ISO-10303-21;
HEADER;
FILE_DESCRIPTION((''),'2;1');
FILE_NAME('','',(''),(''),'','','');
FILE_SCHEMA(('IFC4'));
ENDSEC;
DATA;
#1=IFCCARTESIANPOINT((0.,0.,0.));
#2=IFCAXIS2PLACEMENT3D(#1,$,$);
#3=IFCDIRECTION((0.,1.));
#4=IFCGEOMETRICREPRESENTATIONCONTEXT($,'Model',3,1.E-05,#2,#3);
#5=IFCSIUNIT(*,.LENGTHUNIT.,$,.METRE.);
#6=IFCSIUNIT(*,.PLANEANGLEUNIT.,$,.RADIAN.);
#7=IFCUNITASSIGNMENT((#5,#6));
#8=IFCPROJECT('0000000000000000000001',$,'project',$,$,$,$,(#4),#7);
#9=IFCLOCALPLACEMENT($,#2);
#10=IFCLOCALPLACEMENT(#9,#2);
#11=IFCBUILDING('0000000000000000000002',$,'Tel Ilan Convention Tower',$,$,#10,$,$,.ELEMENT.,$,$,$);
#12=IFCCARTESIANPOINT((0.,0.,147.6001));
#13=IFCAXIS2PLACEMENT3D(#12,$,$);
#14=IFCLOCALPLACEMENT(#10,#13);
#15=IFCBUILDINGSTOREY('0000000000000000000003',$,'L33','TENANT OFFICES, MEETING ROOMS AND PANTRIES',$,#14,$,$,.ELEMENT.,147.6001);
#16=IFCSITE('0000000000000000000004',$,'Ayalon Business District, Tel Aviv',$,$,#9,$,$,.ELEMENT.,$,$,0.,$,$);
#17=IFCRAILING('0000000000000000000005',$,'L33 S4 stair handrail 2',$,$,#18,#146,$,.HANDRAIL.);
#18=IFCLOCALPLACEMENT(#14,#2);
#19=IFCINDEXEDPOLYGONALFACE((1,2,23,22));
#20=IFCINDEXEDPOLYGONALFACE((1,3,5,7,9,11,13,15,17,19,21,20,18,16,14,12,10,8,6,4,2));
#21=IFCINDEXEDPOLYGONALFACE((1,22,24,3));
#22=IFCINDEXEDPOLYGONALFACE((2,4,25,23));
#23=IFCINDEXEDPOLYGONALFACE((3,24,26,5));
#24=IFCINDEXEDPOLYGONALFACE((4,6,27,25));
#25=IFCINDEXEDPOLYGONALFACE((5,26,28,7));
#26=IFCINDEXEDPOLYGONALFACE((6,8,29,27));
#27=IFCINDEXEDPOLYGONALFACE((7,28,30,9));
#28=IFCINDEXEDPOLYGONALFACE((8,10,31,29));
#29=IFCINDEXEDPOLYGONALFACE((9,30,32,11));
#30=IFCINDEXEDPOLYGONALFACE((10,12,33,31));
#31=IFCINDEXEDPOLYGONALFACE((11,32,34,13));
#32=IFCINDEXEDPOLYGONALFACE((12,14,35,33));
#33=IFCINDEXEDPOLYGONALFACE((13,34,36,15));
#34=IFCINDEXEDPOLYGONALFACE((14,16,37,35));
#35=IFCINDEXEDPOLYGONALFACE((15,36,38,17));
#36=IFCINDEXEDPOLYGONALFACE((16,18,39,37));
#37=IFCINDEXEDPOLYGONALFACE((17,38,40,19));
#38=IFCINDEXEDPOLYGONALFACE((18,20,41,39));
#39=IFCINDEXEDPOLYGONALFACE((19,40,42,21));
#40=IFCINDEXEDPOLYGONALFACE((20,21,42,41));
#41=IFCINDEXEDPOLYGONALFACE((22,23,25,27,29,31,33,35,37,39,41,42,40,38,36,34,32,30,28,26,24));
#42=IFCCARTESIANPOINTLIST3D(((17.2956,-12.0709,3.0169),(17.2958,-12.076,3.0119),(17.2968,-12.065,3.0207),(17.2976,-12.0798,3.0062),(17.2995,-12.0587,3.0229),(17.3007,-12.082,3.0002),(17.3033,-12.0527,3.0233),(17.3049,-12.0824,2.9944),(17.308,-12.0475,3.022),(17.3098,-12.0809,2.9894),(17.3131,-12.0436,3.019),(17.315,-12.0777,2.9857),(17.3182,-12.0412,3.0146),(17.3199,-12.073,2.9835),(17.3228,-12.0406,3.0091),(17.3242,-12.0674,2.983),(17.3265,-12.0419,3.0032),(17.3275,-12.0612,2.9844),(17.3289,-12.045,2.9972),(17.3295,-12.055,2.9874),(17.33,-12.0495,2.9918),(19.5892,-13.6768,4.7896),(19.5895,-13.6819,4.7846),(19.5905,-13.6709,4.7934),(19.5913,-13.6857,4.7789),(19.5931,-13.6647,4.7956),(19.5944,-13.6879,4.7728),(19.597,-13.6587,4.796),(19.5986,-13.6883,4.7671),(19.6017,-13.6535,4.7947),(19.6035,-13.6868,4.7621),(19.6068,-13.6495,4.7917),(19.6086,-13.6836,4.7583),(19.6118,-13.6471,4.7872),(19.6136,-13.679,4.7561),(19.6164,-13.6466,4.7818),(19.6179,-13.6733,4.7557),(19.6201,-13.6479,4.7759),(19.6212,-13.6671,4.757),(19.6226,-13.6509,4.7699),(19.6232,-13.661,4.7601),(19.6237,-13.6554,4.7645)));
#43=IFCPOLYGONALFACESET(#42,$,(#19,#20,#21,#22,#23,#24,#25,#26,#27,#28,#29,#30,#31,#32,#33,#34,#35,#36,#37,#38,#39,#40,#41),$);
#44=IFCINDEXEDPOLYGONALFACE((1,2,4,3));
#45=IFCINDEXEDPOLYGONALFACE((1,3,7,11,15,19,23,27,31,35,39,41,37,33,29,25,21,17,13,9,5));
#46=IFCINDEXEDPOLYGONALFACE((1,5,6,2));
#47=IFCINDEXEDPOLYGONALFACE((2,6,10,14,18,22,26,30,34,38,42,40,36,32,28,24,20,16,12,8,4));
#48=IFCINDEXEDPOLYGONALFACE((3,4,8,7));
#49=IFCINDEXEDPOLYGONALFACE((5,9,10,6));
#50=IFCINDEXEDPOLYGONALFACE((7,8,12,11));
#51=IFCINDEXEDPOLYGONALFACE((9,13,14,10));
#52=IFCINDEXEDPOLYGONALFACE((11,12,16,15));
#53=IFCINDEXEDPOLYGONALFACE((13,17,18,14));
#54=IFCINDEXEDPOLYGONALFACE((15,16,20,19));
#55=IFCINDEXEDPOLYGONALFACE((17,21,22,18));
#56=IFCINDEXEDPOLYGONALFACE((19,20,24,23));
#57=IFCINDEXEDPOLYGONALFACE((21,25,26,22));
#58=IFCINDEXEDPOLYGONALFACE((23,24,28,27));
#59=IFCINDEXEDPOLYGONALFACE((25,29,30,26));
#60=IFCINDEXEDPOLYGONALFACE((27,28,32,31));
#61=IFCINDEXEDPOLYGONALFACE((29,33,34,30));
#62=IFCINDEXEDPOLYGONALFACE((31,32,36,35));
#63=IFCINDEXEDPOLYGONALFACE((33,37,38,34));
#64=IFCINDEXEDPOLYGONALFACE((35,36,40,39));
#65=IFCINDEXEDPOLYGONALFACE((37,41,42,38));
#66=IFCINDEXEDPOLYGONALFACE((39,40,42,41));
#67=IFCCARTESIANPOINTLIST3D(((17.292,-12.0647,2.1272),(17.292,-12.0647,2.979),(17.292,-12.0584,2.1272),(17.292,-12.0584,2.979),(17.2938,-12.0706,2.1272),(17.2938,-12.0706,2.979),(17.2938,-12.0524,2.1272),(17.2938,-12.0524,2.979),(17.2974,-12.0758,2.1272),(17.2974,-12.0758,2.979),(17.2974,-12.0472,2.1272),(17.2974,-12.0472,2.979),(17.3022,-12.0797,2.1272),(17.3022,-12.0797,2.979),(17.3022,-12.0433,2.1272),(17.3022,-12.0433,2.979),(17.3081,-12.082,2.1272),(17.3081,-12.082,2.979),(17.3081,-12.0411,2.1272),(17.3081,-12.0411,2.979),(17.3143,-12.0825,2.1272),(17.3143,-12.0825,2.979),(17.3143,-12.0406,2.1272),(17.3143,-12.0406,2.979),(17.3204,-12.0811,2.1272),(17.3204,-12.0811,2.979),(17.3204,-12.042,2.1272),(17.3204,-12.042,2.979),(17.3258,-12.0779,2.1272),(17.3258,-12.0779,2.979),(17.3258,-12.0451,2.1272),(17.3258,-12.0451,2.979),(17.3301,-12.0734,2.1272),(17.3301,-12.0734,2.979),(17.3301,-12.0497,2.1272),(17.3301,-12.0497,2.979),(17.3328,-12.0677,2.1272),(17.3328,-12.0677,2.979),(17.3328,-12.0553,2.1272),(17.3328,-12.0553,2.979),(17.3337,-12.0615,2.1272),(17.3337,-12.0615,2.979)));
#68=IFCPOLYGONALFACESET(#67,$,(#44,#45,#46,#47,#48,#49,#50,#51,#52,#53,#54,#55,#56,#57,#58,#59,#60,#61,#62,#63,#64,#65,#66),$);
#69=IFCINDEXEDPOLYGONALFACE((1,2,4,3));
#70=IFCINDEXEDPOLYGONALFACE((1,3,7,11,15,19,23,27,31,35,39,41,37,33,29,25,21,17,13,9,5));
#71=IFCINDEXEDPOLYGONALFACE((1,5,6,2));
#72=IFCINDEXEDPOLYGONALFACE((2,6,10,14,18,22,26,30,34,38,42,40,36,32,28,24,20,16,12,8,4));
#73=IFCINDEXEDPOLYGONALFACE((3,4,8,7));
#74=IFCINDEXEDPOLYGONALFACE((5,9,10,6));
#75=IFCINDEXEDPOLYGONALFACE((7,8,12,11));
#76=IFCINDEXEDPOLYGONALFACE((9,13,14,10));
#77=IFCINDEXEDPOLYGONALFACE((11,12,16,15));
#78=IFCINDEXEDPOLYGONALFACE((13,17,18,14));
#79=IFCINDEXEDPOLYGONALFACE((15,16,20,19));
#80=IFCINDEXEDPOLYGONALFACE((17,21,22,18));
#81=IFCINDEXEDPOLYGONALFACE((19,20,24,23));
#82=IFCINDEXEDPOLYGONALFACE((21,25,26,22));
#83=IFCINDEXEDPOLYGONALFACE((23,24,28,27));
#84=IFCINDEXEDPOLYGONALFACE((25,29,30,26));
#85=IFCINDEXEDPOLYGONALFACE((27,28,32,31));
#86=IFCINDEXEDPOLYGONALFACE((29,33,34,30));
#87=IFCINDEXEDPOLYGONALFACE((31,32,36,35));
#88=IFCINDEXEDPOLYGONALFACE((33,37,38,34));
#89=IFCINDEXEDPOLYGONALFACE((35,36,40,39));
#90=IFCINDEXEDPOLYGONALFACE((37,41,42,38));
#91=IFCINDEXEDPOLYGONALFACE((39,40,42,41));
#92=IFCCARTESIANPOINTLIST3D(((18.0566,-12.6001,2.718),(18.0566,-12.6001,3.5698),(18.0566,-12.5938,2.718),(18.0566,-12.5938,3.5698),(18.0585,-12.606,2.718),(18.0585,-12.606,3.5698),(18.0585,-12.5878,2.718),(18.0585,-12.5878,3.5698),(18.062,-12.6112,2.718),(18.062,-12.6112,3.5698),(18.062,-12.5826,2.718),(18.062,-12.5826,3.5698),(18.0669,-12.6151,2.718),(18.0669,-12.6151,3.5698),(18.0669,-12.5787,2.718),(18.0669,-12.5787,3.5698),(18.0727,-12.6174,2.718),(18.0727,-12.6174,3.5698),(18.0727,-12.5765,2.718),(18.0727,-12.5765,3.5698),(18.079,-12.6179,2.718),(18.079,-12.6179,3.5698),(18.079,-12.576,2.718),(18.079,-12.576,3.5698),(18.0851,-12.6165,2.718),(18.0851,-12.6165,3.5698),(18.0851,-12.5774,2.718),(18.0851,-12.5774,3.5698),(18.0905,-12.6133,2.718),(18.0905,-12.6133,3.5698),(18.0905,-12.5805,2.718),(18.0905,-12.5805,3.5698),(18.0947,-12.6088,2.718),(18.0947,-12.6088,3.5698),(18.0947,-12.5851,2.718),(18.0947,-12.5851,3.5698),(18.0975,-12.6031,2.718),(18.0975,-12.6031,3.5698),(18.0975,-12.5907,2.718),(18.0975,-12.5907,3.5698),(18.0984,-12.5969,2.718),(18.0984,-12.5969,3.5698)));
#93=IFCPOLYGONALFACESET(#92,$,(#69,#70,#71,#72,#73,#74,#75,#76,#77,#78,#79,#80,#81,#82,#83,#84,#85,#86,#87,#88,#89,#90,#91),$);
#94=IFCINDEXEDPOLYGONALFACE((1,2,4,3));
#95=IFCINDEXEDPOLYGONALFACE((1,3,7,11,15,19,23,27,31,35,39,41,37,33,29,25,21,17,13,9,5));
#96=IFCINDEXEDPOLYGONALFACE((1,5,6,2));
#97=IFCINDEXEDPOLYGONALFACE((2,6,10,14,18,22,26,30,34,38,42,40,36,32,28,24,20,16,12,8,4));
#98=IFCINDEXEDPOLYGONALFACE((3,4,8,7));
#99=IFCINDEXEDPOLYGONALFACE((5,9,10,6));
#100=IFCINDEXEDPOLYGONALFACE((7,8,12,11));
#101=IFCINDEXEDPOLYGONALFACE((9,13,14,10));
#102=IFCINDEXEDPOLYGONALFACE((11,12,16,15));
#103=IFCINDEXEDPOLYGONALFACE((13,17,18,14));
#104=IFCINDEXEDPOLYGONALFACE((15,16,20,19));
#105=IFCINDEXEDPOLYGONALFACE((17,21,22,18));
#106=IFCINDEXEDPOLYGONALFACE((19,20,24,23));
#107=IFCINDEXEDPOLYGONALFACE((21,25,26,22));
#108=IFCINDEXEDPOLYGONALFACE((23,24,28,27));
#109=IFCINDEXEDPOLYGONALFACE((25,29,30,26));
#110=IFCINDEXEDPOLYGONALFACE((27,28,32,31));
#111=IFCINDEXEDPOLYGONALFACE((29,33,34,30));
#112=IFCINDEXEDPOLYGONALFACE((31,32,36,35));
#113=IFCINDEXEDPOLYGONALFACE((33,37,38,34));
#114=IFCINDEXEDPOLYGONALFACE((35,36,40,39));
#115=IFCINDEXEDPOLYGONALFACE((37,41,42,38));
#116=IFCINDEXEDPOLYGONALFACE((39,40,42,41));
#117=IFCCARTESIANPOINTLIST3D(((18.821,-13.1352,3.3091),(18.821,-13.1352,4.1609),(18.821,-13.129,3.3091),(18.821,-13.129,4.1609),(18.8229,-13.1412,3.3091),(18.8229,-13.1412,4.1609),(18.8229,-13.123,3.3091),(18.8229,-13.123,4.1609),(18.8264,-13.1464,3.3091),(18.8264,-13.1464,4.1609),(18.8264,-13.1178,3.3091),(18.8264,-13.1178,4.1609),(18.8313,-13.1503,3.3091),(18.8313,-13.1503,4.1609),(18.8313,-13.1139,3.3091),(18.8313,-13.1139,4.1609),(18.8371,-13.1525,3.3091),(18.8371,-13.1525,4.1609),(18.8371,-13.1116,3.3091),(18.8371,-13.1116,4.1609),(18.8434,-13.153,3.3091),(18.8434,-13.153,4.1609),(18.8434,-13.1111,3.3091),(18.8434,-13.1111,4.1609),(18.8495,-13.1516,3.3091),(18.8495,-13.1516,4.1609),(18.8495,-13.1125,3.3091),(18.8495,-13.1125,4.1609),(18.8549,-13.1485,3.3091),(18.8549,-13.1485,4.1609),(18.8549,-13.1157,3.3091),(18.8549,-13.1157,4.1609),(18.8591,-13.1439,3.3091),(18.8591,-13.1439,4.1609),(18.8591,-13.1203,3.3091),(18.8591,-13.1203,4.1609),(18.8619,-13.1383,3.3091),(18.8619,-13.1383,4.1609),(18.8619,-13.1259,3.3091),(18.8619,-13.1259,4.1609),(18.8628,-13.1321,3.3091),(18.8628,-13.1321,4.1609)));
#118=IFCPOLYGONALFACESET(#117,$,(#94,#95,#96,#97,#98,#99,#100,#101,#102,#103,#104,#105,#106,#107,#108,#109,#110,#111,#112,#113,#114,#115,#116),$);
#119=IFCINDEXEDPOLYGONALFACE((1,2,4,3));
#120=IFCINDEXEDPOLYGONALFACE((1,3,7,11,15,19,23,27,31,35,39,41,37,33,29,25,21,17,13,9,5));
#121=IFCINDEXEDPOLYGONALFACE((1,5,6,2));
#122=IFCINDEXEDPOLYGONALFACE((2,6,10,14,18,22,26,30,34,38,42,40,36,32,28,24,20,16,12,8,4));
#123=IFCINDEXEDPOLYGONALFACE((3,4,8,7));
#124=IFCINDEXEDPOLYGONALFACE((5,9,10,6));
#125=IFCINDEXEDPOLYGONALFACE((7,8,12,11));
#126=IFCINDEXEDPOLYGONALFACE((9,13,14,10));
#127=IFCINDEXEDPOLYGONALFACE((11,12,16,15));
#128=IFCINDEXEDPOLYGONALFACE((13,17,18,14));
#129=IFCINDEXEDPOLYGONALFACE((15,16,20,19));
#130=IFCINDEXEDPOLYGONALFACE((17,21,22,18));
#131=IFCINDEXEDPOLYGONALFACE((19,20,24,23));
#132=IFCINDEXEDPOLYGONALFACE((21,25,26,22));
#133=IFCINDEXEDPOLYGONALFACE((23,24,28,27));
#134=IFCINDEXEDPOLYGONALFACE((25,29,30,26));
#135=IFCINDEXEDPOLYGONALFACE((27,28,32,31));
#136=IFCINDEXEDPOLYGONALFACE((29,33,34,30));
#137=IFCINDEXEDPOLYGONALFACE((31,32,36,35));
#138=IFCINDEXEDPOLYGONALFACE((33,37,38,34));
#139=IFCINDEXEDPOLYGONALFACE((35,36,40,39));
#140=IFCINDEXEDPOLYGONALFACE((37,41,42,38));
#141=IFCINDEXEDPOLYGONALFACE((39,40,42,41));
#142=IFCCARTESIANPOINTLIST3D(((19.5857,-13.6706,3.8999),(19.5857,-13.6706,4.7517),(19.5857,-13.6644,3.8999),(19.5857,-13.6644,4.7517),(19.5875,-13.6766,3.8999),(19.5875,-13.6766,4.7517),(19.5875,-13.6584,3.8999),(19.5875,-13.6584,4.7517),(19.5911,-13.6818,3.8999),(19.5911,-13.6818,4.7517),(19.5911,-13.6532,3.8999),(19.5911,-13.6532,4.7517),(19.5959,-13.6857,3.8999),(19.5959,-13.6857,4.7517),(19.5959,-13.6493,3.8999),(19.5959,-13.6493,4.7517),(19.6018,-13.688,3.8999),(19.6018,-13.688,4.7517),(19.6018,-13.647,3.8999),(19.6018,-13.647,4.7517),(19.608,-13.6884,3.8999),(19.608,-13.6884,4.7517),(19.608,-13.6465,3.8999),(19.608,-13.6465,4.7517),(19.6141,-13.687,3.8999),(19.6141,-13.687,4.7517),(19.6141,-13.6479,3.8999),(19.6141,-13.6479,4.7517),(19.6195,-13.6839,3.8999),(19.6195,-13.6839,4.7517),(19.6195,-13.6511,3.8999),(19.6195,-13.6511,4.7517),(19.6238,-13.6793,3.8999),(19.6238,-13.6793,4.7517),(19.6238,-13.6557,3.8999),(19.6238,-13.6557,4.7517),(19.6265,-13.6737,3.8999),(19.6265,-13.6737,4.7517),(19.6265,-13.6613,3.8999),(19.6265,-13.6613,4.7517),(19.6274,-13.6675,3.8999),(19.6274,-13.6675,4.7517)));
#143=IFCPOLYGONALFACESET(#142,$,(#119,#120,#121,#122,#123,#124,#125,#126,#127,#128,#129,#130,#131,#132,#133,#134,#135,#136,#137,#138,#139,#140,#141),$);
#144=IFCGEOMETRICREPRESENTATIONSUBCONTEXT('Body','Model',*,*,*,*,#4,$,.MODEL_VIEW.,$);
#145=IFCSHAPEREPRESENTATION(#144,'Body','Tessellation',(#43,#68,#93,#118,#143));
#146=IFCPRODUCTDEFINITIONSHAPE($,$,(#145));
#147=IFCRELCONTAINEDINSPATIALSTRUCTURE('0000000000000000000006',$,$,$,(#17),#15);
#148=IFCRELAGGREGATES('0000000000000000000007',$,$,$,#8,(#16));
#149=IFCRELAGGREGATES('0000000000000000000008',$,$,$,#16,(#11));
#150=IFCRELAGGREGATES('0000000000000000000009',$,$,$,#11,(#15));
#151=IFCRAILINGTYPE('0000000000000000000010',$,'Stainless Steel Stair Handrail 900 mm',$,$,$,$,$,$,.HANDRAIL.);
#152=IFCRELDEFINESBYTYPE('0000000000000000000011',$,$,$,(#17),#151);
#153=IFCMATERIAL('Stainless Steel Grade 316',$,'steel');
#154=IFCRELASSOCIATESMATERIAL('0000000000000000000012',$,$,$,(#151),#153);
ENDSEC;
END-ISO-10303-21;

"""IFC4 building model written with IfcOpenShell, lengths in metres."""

from ifc_helpers import new_model, si_unit, direction, frame, origin, origin_2d, place, context, subcontext, project, spatial, circle, extrude, material, type_object, element, save


model = new_model("IFC4")

# Units and contexts
model_context = context("Model", 3, precision=1e-05, world=origin(), true_north=direction((0.0, 1.0)))
body_context = subcontext(model_context, "Body", "Model", "MODEL_VIEW")
ifc_project = project(units=[si_unit("LENGTHUNIT", "METRE"), si_unit("PLANEANGLEUNIT", "RADIAN")], contexts=[model_context])

# Site, building, storey
site_placement = place(None, origin())
site = spatial("IfcSite", under=ifc_project, at=site_placement, Name="Ayalon Business District, Tel Aviv", CompositionType="ELEMENT", RefElevation=0.0)
building_placement = place(site_placement, origin())
building = spatial("IfcBuilding", under=site, at=building_placement, Name="Tel Ilan Convention Tower", CompositionType="ELEMENT")
storey_placement = place(building_placement, frame((0.0, 0.0, 147.6001)))
storey = spatial("IfcBuildingStorey", under=building, at=storey_placement, Name="L33", Description="TENANT OFFICES, MEETING ROOMS AND PANTRIES", CompositionType="ELEMENT", Elevation=147.6001)

# Railing
ifc_material_1 = material(Name="Stainless Steel Grade 316", Category="steel")
railing_type_1 = type_object("IfcRailingType", Name="Stainless Steel Stair Handrail 900 mm", PredefinedType="HANDRAIL", material=ifc_material_1)
railing_1_placement = place(storey_placement, frame((17.3127, -12.0615, 2.1272)))
element("IfcRailing", 1, at=railing_1_placement, inside=storey, type_object=railing_type_1, Name="L33 S4 stair handrail 2", PredefinedType="HANDRAIL", context=body_context, shape_type="SweptSolid", body=[
    extrude(circle(Radius=0.0239, at=origin_2d()), frame((0.0, 0.0, 0.876), z_axis=(0.692123, -0.484597, 0.534913), x_axis=(0.57355, 0.81917, 0.0)), (0.0, 0.0, 1.0), 3.314),
    extrude(circle(Radius=0.021, at=origin_2d()), origin(), (0.0, 0.0, 1.0), 0.8518),
    extrude(circle(Radius=0.021, at=origin_2d()), frame((0.7646, -0.5354, 0.5908)), (0.0, 0.0, 1.0), 0.8518),
    extrude(circle(Radius=0.021, at=origin_2d()), frame((1.5291, -1.0706, 1.1819)), (0.0, 0.0, 1.0), 0.8518),
    extrude(circle(Radius=0.021, at=origin_2d()), frame((2.2937, -1.606, 1.7727)), (0.0, 0.0, 1.0), 0.8518),
])

save(model, "model.ifc")
